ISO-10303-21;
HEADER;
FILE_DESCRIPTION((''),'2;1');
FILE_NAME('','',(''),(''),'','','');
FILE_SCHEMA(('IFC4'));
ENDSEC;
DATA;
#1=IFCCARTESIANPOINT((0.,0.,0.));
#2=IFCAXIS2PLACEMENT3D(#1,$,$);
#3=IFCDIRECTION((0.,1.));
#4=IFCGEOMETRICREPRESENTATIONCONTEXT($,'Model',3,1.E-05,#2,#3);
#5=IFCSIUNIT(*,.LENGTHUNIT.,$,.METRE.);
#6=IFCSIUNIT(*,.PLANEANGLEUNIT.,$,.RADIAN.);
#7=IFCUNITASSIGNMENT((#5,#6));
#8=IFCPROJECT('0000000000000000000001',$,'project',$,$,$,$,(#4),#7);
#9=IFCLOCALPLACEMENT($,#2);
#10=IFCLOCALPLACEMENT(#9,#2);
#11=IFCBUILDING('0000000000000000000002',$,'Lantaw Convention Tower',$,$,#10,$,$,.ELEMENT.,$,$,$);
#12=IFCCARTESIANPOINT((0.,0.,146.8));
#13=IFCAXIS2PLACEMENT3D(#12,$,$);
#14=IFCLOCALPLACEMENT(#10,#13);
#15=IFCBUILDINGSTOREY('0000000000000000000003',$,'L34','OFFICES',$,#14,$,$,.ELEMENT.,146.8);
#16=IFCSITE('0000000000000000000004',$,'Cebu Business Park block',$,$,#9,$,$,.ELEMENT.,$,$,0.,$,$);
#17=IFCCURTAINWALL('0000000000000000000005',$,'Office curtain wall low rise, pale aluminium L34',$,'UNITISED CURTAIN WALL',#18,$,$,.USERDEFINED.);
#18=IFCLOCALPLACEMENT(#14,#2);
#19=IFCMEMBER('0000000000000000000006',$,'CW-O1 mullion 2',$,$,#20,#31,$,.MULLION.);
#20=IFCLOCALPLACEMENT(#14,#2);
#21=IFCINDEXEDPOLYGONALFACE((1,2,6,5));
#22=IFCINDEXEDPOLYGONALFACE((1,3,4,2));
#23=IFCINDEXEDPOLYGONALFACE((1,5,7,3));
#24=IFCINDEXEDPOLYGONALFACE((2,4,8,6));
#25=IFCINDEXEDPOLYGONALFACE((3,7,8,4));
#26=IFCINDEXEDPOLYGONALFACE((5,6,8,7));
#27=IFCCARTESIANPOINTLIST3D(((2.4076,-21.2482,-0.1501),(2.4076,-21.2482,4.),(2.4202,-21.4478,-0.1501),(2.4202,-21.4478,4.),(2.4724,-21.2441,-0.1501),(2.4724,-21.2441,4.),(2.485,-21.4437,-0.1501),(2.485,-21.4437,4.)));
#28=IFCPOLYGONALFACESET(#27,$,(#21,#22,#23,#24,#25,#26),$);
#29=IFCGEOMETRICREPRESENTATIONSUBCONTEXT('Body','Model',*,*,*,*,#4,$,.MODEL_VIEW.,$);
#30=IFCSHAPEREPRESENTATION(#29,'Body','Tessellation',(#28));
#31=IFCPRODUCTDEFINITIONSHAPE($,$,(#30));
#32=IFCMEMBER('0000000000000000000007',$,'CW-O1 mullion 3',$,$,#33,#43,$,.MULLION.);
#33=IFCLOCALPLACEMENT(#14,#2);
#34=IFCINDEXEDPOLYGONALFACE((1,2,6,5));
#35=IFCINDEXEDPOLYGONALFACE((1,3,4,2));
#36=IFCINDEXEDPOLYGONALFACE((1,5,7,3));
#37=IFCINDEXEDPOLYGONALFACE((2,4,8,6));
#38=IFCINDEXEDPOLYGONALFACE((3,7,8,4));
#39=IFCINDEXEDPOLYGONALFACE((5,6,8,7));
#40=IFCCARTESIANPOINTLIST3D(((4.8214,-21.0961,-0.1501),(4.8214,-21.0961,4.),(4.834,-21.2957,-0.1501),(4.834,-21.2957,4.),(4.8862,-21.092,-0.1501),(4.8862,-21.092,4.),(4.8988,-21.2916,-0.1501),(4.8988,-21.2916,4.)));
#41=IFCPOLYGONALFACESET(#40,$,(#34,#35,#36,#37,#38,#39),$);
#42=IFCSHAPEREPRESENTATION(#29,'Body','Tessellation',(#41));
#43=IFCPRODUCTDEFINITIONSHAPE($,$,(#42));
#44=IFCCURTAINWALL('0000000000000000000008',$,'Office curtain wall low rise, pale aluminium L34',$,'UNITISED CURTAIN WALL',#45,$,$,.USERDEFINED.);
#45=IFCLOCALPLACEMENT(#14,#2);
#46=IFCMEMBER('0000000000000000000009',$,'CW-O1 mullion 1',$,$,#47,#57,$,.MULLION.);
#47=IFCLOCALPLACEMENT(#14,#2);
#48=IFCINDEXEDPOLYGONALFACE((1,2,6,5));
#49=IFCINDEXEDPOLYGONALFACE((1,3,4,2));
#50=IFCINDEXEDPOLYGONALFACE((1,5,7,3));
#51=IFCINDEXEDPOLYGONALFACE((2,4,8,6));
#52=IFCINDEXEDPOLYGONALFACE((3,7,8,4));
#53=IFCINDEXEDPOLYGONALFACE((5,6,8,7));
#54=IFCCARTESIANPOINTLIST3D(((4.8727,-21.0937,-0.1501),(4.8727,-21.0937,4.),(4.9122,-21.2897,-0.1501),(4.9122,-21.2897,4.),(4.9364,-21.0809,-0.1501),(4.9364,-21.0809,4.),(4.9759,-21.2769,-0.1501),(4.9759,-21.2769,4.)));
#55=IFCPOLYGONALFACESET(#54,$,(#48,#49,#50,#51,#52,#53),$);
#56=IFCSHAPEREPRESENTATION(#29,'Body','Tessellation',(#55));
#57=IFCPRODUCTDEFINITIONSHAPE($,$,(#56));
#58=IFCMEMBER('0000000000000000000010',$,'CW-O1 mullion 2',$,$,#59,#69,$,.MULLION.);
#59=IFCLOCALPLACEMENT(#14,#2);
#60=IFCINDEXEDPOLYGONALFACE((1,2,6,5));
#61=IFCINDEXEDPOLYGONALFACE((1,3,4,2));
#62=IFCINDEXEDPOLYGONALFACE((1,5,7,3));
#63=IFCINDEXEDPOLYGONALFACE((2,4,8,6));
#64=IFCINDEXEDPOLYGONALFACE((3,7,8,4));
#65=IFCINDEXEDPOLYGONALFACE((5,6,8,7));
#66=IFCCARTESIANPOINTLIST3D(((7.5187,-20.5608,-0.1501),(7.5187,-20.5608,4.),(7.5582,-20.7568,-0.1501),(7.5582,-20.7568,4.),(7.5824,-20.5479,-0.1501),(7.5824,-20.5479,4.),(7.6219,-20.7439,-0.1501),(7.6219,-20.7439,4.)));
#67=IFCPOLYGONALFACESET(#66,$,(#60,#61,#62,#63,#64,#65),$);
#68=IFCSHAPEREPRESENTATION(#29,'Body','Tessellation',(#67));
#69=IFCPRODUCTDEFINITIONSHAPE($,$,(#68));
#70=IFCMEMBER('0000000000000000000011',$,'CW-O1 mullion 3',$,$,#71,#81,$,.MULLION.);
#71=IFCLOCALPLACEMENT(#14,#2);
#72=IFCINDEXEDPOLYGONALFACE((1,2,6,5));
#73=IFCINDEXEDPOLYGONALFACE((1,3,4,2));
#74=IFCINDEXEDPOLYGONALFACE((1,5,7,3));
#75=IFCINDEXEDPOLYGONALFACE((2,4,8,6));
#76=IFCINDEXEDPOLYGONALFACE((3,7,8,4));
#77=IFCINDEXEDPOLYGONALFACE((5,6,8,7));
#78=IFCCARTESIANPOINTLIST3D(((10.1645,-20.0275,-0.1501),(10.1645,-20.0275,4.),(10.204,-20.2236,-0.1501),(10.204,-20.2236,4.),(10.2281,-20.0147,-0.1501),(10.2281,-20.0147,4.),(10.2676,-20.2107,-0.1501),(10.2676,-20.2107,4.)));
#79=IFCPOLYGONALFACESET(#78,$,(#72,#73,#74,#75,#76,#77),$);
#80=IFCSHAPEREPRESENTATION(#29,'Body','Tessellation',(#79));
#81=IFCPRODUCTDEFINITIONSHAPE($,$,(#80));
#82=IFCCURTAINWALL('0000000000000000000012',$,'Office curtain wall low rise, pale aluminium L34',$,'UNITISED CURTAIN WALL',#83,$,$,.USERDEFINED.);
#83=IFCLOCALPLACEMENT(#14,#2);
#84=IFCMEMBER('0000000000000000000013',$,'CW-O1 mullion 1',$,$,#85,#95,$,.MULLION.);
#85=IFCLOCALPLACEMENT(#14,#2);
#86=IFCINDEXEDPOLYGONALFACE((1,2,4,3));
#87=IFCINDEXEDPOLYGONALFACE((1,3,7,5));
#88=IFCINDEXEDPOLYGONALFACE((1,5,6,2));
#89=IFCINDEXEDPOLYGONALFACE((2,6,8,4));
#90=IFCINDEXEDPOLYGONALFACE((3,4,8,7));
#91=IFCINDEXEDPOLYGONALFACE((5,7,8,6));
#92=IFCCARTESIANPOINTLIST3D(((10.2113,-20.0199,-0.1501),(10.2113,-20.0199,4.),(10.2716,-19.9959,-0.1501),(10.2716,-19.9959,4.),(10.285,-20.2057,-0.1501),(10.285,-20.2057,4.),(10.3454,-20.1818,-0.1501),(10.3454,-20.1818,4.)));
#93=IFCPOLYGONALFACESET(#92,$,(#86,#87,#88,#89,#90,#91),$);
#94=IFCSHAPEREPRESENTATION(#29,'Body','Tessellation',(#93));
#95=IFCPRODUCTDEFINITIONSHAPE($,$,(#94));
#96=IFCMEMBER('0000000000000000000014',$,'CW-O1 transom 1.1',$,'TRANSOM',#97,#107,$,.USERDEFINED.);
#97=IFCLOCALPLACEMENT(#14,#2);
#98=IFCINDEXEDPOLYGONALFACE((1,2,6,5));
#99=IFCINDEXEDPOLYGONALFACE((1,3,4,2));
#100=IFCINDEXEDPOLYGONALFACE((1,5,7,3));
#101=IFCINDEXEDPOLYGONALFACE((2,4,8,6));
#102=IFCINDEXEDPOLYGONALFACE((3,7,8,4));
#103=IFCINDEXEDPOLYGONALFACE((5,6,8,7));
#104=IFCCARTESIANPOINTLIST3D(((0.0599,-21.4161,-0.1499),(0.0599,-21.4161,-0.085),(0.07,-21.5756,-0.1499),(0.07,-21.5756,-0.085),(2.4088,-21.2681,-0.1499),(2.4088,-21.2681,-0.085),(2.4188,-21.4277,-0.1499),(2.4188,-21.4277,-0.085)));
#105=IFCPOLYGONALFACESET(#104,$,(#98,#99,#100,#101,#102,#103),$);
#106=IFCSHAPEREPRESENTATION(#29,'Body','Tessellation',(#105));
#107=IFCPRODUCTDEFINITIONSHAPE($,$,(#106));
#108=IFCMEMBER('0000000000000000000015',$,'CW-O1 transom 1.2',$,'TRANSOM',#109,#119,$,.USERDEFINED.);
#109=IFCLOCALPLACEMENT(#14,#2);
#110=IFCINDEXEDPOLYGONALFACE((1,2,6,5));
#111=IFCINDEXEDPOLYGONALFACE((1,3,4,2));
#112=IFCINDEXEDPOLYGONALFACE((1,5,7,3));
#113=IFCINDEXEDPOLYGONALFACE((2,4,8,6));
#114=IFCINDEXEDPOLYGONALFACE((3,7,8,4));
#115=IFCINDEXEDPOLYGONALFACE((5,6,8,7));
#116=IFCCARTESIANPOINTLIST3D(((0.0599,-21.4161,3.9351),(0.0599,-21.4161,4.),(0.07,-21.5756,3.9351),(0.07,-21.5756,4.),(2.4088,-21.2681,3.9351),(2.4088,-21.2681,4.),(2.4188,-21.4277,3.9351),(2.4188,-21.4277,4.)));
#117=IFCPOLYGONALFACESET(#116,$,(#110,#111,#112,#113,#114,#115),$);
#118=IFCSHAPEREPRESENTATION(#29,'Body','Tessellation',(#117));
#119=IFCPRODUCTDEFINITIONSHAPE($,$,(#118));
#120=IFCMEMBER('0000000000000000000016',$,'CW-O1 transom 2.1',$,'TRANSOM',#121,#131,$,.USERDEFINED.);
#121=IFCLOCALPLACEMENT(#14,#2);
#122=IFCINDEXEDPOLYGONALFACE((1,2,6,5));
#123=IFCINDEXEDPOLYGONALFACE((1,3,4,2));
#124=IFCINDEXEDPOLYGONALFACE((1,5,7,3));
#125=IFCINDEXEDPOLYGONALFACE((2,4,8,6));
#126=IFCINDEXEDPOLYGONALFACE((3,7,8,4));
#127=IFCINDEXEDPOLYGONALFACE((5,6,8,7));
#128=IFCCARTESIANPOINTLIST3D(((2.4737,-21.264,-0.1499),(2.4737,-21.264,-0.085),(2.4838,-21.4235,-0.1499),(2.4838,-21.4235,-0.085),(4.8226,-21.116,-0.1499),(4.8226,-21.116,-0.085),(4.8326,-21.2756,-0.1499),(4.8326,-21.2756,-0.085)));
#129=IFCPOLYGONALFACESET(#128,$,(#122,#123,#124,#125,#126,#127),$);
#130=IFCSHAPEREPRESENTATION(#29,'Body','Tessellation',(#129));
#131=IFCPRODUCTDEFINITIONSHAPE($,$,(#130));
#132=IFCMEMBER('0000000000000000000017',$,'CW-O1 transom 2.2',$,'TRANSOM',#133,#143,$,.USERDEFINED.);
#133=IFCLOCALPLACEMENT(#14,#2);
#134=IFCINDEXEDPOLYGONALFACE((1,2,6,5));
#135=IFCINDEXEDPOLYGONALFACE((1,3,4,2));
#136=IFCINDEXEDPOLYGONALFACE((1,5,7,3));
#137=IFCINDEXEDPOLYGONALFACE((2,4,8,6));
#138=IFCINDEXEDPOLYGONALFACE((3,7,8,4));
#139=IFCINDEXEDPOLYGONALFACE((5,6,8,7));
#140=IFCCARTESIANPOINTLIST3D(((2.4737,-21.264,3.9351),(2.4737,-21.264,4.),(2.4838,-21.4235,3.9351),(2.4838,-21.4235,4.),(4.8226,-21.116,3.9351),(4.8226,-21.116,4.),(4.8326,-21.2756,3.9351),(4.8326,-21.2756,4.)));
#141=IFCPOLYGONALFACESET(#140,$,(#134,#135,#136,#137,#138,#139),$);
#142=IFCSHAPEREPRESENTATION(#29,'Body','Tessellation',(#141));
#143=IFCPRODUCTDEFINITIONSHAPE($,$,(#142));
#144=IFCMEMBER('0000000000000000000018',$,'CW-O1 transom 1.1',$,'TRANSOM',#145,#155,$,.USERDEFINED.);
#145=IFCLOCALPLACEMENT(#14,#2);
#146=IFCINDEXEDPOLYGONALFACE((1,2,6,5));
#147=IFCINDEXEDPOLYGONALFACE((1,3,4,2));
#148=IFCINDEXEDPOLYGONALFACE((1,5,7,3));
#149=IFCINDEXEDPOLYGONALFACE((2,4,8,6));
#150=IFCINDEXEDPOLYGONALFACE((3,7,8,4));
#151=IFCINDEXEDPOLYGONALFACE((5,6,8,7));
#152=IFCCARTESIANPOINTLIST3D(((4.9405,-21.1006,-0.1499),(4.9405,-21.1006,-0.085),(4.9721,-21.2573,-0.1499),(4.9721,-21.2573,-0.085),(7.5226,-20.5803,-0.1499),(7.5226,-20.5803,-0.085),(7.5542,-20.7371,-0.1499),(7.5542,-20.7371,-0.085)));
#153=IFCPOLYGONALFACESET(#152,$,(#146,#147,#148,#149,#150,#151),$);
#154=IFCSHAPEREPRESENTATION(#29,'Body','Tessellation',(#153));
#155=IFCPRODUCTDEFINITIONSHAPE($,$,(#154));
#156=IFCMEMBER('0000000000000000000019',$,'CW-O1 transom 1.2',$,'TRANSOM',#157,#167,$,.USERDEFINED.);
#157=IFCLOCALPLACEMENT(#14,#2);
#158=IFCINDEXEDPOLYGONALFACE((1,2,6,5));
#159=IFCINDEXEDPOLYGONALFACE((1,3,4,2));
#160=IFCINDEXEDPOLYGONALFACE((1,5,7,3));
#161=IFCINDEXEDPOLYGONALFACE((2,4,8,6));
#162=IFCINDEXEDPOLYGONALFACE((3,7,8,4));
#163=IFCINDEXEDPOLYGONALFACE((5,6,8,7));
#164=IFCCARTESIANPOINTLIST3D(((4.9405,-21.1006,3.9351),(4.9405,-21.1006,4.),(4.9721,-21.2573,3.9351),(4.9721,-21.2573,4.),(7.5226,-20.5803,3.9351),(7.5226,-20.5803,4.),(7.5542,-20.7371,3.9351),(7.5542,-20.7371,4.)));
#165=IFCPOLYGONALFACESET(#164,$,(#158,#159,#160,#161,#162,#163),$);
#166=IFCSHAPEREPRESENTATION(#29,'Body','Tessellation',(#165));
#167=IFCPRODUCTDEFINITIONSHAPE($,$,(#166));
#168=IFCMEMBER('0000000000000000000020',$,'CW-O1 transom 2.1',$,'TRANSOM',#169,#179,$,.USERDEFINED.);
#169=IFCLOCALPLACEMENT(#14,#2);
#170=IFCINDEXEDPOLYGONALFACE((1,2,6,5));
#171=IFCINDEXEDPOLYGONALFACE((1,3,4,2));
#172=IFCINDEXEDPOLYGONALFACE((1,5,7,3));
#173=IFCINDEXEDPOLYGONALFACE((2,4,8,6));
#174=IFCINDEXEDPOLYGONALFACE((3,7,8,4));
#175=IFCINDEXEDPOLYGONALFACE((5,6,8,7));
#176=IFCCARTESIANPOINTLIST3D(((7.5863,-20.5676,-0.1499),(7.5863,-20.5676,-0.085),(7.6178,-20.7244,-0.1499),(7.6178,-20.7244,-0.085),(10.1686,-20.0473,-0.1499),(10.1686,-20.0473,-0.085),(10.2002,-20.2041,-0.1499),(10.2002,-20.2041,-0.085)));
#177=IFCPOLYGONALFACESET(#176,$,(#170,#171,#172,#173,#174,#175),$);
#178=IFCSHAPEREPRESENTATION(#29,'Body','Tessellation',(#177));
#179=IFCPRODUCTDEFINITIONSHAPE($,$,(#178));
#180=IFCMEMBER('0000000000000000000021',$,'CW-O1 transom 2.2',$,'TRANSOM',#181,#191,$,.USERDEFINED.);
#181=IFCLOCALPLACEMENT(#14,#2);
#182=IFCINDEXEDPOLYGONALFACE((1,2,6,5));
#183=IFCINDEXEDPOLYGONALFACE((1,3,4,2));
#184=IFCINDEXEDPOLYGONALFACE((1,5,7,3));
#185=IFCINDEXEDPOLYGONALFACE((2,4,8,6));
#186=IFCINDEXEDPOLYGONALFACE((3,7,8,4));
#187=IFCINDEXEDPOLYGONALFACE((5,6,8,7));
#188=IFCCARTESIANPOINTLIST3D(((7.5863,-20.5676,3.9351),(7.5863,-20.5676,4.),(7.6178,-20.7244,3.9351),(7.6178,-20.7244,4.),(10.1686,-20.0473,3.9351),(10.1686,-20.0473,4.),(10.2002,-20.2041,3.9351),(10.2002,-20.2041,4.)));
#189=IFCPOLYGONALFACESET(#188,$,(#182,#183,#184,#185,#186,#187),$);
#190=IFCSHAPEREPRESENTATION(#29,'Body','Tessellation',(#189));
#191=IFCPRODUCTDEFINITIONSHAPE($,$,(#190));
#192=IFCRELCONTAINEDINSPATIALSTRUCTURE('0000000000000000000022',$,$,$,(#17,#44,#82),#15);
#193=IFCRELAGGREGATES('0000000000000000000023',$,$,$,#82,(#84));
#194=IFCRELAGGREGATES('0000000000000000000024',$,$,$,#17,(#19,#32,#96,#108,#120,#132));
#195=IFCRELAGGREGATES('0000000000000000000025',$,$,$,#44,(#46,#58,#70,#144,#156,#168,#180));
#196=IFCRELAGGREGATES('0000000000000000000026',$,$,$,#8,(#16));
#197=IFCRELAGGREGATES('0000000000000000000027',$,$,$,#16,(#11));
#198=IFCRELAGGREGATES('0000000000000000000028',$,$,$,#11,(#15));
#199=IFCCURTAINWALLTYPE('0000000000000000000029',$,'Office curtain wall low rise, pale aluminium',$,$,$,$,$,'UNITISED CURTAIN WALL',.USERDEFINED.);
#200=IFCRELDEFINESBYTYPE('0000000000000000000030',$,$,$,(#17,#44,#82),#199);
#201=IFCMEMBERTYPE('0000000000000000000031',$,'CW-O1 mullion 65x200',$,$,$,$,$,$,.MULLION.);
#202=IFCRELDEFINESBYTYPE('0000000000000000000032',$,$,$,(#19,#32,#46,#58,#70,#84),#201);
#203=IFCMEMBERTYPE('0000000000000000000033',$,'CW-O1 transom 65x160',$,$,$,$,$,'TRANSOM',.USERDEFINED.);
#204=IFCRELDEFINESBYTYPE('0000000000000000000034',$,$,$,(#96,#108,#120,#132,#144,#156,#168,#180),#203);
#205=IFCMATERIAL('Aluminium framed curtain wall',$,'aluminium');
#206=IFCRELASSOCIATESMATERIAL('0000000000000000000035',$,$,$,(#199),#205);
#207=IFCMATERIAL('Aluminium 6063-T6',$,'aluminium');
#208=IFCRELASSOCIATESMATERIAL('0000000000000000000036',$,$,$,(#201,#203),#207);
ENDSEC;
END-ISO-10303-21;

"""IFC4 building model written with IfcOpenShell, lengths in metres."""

from ifc_helpers import new_model, si_unit, direction, frame, origin, origin_2d, place, context, subcontext, project, spatial, rectangle, extrude, material, material_profile, profile_set, type_object, element, aggregate, save


model = new_model("IFC4")

# Units and contexts
model_context = context("Model", 3, precision=1e-05, world=origin(), true_north=direction((0.0, 1.0)))
body_context = subcontext(model_context, "Body", "Model", "MODEL_VIEW")
ifc_project = project(units=[si_unit("LENGTHUNIT", "METRE"), si_unit("PLANEANGLEUNIT", "RADIAN")], contexts=[model_context])

# Site, building, storey
site_placement = place(None, origin())
site = spatial("IfcSite", under=ifc_project, at=site_placement, Name="Cebu Business Park block", CompositionType="ELEMENT", RefElevation=0.0)
building_placement = place(site_placement, origin())
building = spatial("IfcBuilding", under=site, at=building_placement, Name="Lantaw Convention Tower", CompositionType="ELEMENT")
storey_placement = place(building_placement, frame((0.0, 0.0, 146.8)))
storey = spatial("IfcBuildingStorey", under=building, at=storey_placement, Name="L34", Description="OFFICES", CompositionType="ELEMENT", Elevation=146.8)

# Curtain walls, members
ifc_material_1 = material(Name="Aluminium framed curtain wall", Category="aluminium")
curtain_wall_type = type_object("IfcCurtainWallType", Name="Office curtain wall low rise, pale aluminium", ElementType="UNITISED CURTAIN WALL", PredefinedType="USERDEFINED", material=ifc_material_1)
curtain_wall_1_placement = place(storey_placement, origin())
curtain_wall_1 = element("IfcCurtainWall", 1, at=curtain_wall_1_placement, inside=storey, type_object=curtain_wall_type, Name="Office curtain wall low rise, pale aluminium L34", ObjectType="UNITISED CURTAIN WALL", PredefinedType="USERDEFINED")
ifc_material_2 = material(Name="Aluminium 6063-T6", Category="aluminium")
ifc_material_profile_1 = material_profile(ifc_material_2, rectangle(XDim=0.2, YDim=0.0649, at=origin_2d()), Name="CW-O1 mullion 65x200")
ifc_profile_set_1 = profile_set([ifc_material_profile_1], Name="Aluminium 6063-T6")
member_type_1 = type_object("IfcMemberType", Name="CW-O1 mullion 65x200", PredefinedType="MULLION", material=ifc_profile_set_1)
member_1_placement = place(storey_placement, frame((2.4463, -21.3459, -0.1501), z_axis=(0.0, 0.0, 1.0), x_axis=(-0.062865, 0.998022, 0.0)))
member_1 = element("IfcMember", 2, at=member_1_placement, type_object=member_type_1, Name="CW-O1 mullion 2", PredefinedType="MULLION", context=body_context, shape_type="SweptSolid", body=[
    extrude(rectangle(XDim=0.2, YDim=0.0649, at=origin_2d()), origin(), (0.0, 0.0, 1.0), 4.1501),
])
member_2_placement = place(storey_placement, frame((4.8601, -21.1938, -0.1501), z_axis=(0.0, 0.0, 1.0), x_axis=(-0.062865, 0.998022, 0.0)))
member_2 = element("IfcMember", 3, at=member_2_placement, type_object=member_type_1, Name="CW-O1 mullion 3", PredefinedType="MULLION", context=body_context, shape_type="SweptSolid", body=[
    extrude(rectangle(XDim=0.2, YDim=0.0649, at=origin_2d()), origin(), (0.0, 0.0, 1.0), 4.1501),
])
curtain_wall_2_placement = place(storey_placement, origin())
curtain_wall_2 = element("IfcCurtainWall", 4, at=curtain_wall_2_placement, inside=storey, type_object=curtain_wall_type, Name="Office curtain wall low rise, pale aluminium L34", ObjectType="UNITISED CURTAIN WALL", PredefinedType="USERDEFINED")
member_3_placement = place(storey_placement, frame((4.9243, -21.1853, -0.1501), z_axis=(0.0, 0.0, 1.0), x_axis=(-0.197507, 0.980302, 0.0)))
member_3 = element("IfcMember", 5, at=member_3_placement, type_object=member_type_1, Name="CW-O1 mullion 1", PredefinedType="MULLION", context=body_context, shape_type="SweptSolid", body=[
    extrude(rectangle(XDim=0.2, YDim=0.0649, at=origin_2d()), origin(), (0.0, 0.0, 1.0), 4.1501),
])
member_4_placement = place(storey_placement, frame((7.5703, -20.6523, -0.1501), z_axis=(0.0, 0.0, 1.0), x_axis=(-0.197507, 0.980302, 0.0)))
member_4 = element("IfcMember", 6, at=member_4_placement, type_object=member_type_1, Name="CW-O1 mullion 2", PredefinedType="MULLION", context=body_context, shape_type="SweptSolid", body=[
    extrude(rectangle(XDim=0.2, YDim=0.0649, at=origin_2d()), origin(), (0.0, 0.0, 1.0), 4.1501),
])
member_5_placement = place(storey_placement, frame((10.2161, -20.1191, -0.1501), z_axis=(0.0, 0.0, 1.0), x_axis=(-0.197507, 0.980302, 0.0)))
member_5 = element("IfcMember", 7, at=member_5_placement, type_object=member_type_1, Name="CW-O1 mullion 3", PredefinedType="MULLION", context=body_context, shape_type="SweptSolid", body=[
    extrude(rectangle(XDim=0.2, YDim=0.0649, at=origin_2d()), origin(), (0.0, 0.0, 1.0), 4.1501),
])

# Curtain wall, member
curtain_wall_3_placement = place(storey_placement, origin())
curtain_wall_3 = element("IfcCurtainWall", 8, at=curtain_wall_3_placement, inside=storey, type_object=curtain_wall_type, Name="Office curtain wall low rise, pale aluminium L34", ObjectType="UNITISED CURTAIN WALL", PredefinedType="USERDEFINED")
member_6_placement = place(storey_placement, frame((10.2783, -20.1008, -0.1501), z_axis=(0.0, 0.0, 1.0), x_axis=(-0.368702, 0.929548, 0.0)))
member_6 = element("IfcMember", 9, at=member_6_placement, type_object=member_type_1, Name="CW-O1 mullion 1", PredefinedType="MULLION", context=body_context, shape_type="SweptSolid", body=[
    extrude(rectangle(XDim=0.2, YDim=0.0649, at=origin_2d()), origin(), (0.0, 0.0, 1.0), 4.1501),
])

# Members
ifc_material_profile_2 = material_profile(ifc_material_2, rectangle(XDim=0.1599, YDim=0.0649, at=origin_2d()), Name="CW-O1 transom 65x160")
ifc_profile_set_2 = profile_set([ifc_material_profile_2], Name="Aluminium 6063-T6")
member_type_2 = type_object("IfcMemberType", Name="CW-O1 transom 65x160", ElementType="TRANSOM", PredefinedType="USERDEFINED", material=ifc_profile_set_2)
member_7_placement = place(storey_placement, frame((0.0649, -21.4958, -0.1174), z_axis=(0.998022, 0.062863, 0.0), x_axis=(-0.062863, 0.998022, 0.0)))
member_7 = element("IfcMember", 10, at=member_7_placement, type_object=member_type_2, Name="CW-O1 transom 1.1", ObjectType="TRANSOM", PredefinedType="USERDEFINED", context=body_context, shape_type="SweptSolid", body=[
    extrude(rectangle(XDim=0.1599, YDim=0.0649, at=origin_2d()), origin(), (0.0, 0.0, 1.0), 2.3535),
])
member_8_placement = place(storey_placement, frame((0.0649, -21.4958, 3.9675), z_axis=(0.998022, 0.062863, 0.0), x_axis=(-0.062863, 0.998022, 0.0)))
member_8 = element("IfcMember", 11, at=member_8_placement, type_object=member_type_2, Name="CW-O1 transom 1.2", ObjectType="TRANSOM", PredefinedType="USERDEFINED", context=body_context, shape_type="SweptSolid", body=[
    extrude(rectangle(XDim=0.1599, YDim=0.0649, at=origin_2d()), origin(), (0.0, 0.0, 1.0), 2.3535),
])
member_9_placement = place(storey_placement, frame((2.4788, -21.3438, -0.1174), z_axis=(0.998022, 0.062863, 0.0), x_axis=(-0.062863, 0.998022, 0.0)))
member_9 = element("IfcMember", 12, at=member_9_placement, type_object=member_type_2, Name="CW-O1 transom 2.1", ObjectType="TRANSOM", PredefinedType="USERDEFINED", context=body_context, shape_type="SweptSolid", body=[
    extrude(rectangle(XDim=0.1599, YDim=0.0649, at=origin_2d()), origin(), (0.0, 0.0, 1.0), 2.3535),
])
member_10_placement = place(storey_placement, frame((2.4788, -21.3438, 3.9675), z_axis=(0.998022, 0.062863, 0.0), x_axis=(-0.062863, 0.998022, 0.0)))
member_10 = element("IfcMember", 13, at=member_10_placement, type_object=member_type_2, Name="CW-O1 transom 2.2", ObjectType="TRANSOM", PredefinedType="USERDEFINED", context=body_context, shape_type="SweptSolid", body=[
    extrude(rectangle(XDim=0.1599, YDim=0.0649, at=origin_2d()), origin(), (0.0, 0.0, 1.0), 2.3535),
])
member_11_placement = place(storey_placement, frame((4.9563, -21.179, -0.1174), z_axis=(0.980298, 0.197524, 0.0), x_axis=(-0.197524, 0.980298, 0.0)))
member_11 = element("IfcMember", 14, at=member_11_placement, type_object=member_type_2, Name="CW-O1 transom 1.1", ObjectType="TRANSOM", PredefinedType="USERDEFINED", context=body_context, shape_type="SweptSolid", body=[
    extrude(rectangle(XDim=0.1599, YDim=0.0649, at=origin_2d()), origin(), (0.0, 0.0, 1.0), 2.634),
])
member_12_placement = place(storey_placement, frame((4.9563, -21.179, 3.9675), z_axis=(0.980298, 0.197524, 0.0), x_axis=(-0.197524, 0.980298, 0.0)))
member_12 = element("IfcMember", 15, at=member_12_placement, type_object=member_type_2, Name="CW-O1 transom 1.2", ObjectType="TRANSOM", PredefinedType="USERDEFINED", context=body_context, shape_type="SweptSolid", body=[
    extrude(rectangle(XDim=0.1599, YDim=0.0649, at=origin_2d()), origin(), (0.0, 0.0, 1.0), 2.634),
])
member_13_placement = place(storey_placement, frame((7.6021, -20.646, -0.1174), z_axis=(0.980302, 0.197506, 0.0), x_axis=(-0.197506, 0.980302, 0.0)))
member_13 = element("IfcMember", 16, at=member_13_placement, type_object=member_type_2, Name="CW-O1 transom 2.1", ObjectType="TRANSOM", PredefinedType="USERDEFINED", context=body_context, shape_type="SweptSolid", body=[
    extrude(rectangle(XDim=0.1599, YDim=0.0649, at=origin_2d()), origin(), (0.0, 0.0, 1.0), 2.6343),
])
member_14_placement = place(storey_placement, frame((7.6021, -20.646, 3.9675), z_axis=(0.980302, 0.197506, 0.0), x_axis=(-0.197506, 0.980302, 0.0)))
member_14 = element("IfcMember", 17, at=member_14_placement, type_object=member_type_2, Name="CW-O1 transom 2.2", ObjectType="TRANSOM", PredefinedType="USERDEFINED", context=body_context, shape_type="SweptSolid", body=[
    extrude(rectangle(XDim=0.1599, YDim=0.0649, at=origin_2d()), origin(), (0.0, 0.0, 1.0), 2.6343),
])
aggregate(curtain_wall_3, [member_6])

aggregate(curtain_wall_1, [member_1, member_2, member_7, member_8, member_9, member_10])
aggregate(curtain_wall_2, [member_3, member_4, member_5, member_11, member_12, member_13, member_14])

save(model, "model.ifc")
